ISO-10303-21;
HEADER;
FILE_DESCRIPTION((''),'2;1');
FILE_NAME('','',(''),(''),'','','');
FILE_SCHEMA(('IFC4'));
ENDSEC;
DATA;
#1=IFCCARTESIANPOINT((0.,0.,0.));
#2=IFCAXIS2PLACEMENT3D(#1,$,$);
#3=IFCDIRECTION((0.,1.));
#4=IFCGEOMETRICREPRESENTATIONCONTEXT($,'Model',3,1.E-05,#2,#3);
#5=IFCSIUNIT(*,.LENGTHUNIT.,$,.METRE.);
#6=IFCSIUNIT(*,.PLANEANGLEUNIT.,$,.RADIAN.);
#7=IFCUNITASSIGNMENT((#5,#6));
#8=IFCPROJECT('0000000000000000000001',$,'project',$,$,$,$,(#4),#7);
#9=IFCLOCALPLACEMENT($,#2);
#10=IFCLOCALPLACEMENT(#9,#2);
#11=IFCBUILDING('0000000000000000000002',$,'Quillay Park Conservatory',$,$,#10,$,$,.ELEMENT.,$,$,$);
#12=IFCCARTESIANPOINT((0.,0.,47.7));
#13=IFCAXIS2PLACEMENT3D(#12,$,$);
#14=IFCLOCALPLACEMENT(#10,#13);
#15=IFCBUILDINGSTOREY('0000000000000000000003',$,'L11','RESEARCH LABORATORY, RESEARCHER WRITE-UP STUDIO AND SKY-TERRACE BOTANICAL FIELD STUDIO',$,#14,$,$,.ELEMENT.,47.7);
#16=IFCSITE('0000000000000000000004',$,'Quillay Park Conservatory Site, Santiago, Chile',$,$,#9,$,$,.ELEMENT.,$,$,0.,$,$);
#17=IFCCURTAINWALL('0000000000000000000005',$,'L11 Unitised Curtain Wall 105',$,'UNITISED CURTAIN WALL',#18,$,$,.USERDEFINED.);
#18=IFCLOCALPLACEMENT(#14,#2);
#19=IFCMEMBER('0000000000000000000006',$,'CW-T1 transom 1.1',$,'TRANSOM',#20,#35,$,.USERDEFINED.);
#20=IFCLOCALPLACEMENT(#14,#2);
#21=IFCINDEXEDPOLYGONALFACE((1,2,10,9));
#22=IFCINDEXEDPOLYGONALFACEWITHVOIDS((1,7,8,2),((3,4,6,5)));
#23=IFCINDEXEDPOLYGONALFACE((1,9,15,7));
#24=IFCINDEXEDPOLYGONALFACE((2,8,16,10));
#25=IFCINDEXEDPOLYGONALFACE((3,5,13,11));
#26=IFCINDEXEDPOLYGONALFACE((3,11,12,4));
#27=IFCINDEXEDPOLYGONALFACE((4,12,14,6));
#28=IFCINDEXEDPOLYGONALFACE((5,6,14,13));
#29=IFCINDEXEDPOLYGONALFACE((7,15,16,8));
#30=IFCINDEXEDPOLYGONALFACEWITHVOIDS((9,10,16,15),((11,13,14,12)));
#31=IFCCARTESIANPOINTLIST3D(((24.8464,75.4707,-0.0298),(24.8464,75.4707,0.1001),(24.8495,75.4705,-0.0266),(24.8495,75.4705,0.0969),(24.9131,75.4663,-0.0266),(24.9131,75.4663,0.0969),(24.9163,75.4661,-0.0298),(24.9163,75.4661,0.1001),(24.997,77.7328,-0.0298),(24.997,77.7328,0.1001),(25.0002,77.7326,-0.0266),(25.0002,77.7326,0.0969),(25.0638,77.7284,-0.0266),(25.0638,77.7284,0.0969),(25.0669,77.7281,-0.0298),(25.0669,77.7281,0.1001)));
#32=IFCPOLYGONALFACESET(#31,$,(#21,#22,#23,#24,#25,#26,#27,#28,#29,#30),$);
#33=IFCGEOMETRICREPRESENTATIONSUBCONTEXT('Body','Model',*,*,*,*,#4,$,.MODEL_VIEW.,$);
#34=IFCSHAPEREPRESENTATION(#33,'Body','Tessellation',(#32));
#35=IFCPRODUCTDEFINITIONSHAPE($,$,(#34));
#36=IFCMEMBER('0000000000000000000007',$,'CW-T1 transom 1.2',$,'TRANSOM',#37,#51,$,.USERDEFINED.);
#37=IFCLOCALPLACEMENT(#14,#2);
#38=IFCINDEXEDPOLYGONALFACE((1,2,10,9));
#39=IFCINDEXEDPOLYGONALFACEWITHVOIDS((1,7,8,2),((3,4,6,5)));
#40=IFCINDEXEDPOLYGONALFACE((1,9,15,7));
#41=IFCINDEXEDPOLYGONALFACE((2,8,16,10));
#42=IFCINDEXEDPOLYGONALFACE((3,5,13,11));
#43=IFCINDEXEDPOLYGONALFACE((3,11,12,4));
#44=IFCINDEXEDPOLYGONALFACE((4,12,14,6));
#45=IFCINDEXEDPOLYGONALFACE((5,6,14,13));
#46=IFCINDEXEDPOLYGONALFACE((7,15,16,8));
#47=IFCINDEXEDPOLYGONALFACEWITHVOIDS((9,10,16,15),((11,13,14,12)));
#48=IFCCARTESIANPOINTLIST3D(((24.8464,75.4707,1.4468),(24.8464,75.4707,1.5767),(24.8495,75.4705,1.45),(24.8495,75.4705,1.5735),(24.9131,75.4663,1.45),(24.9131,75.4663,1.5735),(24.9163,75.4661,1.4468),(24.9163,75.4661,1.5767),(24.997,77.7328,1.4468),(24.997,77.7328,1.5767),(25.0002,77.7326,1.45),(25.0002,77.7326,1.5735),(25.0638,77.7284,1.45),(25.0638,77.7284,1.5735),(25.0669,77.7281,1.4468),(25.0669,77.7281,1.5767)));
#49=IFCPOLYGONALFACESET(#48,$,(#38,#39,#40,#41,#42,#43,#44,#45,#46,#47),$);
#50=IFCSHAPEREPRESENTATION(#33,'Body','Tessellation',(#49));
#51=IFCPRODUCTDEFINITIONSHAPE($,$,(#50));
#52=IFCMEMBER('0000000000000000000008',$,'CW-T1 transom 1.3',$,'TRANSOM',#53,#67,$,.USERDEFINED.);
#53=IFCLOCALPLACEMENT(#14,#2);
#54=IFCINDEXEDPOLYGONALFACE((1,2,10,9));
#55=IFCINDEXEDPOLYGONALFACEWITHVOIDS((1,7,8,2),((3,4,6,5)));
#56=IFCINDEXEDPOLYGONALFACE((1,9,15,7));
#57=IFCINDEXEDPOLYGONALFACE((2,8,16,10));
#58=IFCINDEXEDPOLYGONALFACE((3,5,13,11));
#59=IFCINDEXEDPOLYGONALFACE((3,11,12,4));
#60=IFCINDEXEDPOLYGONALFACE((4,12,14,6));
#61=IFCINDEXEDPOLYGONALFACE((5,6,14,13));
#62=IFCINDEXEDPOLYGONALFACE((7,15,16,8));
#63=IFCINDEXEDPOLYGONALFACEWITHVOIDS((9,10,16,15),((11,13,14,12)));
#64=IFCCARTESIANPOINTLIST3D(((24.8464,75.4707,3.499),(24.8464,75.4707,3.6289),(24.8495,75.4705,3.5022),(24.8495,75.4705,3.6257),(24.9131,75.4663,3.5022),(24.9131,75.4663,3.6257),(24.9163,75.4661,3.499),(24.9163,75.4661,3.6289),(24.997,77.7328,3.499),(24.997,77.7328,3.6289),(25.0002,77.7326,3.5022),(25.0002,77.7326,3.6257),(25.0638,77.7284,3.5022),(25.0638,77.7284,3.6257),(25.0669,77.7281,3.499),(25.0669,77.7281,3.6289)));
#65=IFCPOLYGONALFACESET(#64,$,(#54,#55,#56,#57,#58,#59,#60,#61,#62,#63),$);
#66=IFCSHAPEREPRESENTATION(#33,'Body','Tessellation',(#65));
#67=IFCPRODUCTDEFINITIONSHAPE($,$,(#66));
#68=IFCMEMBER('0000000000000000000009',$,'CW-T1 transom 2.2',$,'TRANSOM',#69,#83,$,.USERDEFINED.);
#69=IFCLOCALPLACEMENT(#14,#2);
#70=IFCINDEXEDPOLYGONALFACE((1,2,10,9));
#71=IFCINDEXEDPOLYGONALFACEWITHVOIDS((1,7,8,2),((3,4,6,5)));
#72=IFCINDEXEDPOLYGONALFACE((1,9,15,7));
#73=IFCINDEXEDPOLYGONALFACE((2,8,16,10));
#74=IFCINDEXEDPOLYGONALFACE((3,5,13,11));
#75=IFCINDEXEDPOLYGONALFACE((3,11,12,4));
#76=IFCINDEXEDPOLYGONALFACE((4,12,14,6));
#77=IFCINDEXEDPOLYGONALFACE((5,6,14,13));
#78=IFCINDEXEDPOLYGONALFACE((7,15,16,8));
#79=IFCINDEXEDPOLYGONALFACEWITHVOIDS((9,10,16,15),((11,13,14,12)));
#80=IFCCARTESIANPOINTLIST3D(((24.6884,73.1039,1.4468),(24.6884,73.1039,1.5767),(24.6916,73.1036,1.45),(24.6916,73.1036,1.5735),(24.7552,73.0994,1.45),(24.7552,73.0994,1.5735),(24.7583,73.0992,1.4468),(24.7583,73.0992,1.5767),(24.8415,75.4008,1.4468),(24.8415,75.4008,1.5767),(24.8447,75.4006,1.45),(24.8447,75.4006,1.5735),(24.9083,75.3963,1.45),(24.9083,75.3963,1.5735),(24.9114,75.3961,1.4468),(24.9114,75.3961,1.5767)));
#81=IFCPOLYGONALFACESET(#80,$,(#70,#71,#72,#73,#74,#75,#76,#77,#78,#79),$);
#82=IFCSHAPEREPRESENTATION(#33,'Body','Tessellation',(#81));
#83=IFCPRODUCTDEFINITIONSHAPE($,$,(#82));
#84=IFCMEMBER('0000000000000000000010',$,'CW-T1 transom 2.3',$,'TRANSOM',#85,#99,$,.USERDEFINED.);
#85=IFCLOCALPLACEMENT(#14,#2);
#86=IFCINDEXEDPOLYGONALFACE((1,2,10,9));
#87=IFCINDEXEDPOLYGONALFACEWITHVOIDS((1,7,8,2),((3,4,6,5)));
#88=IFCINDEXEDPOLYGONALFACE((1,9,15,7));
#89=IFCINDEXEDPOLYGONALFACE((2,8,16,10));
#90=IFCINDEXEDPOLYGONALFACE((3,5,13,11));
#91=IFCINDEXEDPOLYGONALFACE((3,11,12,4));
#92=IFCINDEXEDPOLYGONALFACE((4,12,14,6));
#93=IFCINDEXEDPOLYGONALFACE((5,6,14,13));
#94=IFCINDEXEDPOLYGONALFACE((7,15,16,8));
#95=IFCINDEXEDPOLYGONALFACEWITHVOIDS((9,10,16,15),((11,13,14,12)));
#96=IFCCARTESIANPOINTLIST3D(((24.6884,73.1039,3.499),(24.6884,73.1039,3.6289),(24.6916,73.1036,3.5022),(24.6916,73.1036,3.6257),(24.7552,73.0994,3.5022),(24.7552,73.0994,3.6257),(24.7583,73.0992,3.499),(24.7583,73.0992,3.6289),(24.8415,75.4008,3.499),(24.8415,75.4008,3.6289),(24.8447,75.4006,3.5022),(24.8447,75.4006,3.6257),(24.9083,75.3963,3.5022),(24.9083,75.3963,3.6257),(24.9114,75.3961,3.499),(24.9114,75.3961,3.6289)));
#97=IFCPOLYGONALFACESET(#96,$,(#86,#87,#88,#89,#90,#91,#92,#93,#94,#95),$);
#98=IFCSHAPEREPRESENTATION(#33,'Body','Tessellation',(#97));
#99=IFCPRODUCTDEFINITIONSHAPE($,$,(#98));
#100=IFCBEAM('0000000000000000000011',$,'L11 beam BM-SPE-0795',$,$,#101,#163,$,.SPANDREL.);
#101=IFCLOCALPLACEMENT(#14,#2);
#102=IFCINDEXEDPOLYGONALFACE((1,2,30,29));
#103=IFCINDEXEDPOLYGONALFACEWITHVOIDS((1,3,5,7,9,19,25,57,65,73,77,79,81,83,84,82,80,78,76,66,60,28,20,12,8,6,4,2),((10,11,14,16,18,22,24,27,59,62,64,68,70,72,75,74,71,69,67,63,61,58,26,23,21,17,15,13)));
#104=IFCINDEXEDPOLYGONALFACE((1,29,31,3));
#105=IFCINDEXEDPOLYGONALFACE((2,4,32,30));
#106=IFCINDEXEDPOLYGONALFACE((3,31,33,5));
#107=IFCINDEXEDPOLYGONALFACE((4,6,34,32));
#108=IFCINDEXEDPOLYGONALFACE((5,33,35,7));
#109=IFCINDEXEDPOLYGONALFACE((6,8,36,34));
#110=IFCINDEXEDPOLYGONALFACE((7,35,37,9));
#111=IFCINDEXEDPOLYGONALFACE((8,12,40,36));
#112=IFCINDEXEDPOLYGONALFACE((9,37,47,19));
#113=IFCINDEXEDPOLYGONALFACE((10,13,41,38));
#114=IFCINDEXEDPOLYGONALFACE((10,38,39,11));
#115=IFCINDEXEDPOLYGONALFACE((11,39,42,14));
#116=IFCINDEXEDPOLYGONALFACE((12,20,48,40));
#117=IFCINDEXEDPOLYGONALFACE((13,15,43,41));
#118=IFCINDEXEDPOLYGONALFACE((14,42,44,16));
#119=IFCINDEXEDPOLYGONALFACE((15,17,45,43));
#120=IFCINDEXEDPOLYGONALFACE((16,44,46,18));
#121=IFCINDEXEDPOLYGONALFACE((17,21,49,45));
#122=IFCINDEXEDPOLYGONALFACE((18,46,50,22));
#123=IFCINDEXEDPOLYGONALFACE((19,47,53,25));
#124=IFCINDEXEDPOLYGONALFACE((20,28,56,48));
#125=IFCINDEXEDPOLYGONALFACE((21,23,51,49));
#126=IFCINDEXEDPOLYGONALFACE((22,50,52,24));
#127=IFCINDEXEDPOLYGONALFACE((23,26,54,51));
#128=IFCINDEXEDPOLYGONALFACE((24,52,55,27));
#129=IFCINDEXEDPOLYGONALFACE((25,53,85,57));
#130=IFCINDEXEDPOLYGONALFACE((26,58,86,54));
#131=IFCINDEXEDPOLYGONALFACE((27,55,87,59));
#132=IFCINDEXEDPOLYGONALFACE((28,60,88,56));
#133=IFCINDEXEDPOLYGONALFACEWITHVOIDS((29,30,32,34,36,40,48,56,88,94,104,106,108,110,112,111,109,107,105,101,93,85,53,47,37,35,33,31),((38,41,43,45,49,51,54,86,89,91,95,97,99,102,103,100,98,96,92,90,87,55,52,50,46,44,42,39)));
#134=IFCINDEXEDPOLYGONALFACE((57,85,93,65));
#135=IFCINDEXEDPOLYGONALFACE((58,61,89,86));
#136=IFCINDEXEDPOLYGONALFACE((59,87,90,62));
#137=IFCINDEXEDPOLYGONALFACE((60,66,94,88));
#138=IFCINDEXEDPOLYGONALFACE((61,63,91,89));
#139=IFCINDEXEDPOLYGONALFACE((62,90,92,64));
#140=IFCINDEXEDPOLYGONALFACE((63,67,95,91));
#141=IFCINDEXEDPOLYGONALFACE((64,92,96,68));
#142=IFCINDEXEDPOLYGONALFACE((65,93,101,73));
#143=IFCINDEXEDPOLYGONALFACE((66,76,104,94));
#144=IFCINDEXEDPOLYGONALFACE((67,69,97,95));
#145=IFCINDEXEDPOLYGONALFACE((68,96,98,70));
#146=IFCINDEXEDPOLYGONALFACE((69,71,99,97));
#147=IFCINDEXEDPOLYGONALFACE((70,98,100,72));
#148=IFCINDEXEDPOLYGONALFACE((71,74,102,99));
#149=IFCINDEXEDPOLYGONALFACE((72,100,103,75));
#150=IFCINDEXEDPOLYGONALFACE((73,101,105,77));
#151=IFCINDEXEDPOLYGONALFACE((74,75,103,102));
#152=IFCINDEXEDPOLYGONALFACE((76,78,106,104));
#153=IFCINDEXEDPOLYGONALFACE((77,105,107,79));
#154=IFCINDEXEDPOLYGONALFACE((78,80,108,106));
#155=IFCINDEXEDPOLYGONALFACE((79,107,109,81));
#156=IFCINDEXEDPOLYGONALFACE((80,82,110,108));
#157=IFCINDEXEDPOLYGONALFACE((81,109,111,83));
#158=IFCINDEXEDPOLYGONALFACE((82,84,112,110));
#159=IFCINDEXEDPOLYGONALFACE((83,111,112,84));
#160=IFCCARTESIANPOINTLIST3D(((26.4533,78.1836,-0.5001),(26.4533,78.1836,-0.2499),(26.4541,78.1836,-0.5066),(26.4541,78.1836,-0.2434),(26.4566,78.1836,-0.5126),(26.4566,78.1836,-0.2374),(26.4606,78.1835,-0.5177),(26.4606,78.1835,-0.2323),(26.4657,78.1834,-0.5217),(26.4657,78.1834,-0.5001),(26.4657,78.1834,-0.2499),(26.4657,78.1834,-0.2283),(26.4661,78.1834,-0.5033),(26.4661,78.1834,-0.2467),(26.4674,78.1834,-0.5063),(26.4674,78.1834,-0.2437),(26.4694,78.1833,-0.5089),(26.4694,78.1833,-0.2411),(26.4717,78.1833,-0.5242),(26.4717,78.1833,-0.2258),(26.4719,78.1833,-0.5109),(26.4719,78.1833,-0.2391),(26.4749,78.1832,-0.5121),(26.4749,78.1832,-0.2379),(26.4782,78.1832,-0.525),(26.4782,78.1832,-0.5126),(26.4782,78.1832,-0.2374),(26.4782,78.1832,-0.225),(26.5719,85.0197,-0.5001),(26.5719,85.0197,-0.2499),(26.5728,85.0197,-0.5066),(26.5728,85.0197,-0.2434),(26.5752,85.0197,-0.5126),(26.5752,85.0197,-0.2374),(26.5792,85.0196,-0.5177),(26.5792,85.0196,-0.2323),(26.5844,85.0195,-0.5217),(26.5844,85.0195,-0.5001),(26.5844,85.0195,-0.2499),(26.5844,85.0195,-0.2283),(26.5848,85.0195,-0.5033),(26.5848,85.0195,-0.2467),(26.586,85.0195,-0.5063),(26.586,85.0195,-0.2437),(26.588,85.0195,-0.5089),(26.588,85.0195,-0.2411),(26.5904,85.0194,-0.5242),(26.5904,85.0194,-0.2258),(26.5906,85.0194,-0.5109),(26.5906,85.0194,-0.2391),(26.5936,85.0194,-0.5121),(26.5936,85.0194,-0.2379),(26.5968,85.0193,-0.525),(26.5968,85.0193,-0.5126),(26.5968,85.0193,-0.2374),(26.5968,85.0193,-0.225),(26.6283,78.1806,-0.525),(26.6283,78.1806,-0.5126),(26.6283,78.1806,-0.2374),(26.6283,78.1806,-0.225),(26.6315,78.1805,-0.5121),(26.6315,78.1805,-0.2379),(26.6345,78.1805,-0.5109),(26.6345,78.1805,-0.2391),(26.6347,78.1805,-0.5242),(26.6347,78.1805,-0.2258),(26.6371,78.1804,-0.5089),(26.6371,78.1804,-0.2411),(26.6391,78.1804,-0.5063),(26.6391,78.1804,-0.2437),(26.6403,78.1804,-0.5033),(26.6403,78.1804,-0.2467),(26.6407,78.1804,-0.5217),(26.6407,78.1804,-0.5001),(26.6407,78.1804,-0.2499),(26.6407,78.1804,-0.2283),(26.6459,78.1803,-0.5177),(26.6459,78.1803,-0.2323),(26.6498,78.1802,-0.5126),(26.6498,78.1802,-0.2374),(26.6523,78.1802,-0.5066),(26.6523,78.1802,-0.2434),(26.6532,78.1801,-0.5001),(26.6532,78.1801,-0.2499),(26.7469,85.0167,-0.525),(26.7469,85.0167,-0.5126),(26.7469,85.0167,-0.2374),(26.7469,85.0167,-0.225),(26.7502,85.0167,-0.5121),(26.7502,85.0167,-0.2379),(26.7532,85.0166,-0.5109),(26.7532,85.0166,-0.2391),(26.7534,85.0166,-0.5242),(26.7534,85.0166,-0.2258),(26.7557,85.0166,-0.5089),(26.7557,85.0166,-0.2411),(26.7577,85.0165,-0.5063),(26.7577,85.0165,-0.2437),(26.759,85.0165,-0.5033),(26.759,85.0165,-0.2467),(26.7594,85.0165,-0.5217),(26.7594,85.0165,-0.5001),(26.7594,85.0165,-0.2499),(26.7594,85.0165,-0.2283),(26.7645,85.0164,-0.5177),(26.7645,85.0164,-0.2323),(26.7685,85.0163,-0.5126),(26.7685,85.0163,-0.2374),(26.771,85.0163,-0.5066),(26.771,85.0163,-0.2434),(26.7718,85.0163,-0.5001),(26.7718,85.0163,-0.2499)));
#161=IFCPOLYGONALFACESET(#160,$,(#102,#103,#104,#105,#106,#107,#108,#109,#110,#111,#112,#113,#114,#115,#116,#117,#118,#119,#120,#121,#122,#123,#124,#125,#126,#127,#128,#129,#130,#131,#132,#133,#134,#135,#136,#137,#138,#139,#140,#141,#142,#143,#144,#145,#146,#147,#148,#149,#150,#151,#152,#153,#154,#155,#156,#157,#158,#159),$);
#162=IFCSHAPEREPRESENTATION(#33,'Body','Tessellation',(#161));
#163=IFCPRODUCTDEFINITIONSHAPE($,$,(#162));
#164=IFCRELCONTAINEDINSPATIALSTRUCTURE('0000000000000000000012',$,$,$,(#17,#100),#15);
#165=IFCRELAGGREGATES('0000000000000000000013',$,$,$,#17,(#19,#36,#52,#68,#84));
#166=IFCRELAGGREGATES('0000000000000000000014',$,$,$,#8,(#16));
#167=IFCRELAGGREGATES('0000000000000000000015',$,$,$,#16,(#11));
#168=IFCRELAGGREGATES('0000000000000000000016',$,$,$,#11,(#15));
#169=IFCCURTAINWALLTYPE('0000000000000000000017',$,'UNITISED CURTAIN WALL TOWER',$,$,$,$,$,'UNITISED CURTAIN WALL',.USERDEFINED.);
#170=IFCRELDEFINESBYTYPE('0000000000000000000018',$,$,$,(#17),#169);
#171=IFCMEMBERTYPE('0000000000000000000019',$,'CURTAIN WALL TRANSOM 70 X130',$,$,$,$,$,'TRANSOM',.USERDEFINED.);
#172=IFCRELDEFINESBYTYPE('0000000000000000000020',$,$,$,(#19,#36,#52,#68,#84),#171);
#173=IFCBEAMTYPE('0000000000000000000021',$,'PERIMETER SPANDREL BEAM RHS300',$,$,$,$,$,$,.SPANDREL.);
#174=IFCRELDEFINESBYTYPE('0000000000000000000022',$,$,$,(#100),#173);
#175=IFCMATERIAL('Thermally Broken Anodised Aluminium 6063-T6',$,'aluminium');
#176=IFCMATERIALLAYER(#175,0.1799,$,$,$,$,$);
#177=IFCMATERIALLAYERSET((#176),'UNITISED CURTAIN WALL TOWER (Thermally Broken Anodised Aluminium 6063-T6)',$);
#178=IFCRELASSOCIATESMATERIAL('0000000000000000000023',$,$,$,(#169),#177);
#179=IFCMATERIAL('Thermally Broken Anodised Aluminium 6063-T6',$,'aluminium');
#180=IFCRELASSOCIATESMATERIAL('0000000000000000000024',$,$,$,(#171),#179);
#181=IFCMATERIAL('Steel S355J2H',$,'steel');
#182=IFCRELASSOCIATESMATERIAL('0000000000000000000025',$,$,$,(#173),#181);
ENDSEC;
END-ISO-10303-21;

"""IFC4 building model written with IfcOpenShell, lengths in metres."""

from ifc_helpers import new_model, si_unit, direction, frame, origin, origin_2d, place, context, subcontext, project, spatial, hollow_rectangle, extrude, material, layer, layer_set, material_profile, profile_set, type_object, element, aggregate, save


model = new_model("IFC4")

# Units and contexts
model_context = context("Model", 3, precision=1e-05, world=origin(), true_north=direction((0.0, 1.0)))
body_context = subcontext(model_context, "Body", "Model", "MODEL_VIEW")
ifc_project = project(units=[si_unit("LENGTHUNIT", "METRE"), si_unit("PLANEANGLEUNIT", "RADIAN")], contexts=[model_context])

# Site, building, storey
site_placement = place(None, origin())
site = spatial("IfcSite", under=ifc_project, at=site_placement, Name="Quillay Park Conservatory Site, Santiago, Chile", CompositionType="ELEMENT", RefElevation=0.0)
building_placement = place(site_placement, origin())
building = spatial("IfcBuilding", under=site, at=building_placement, Name="Quillay Park Conservatory", CompositionType="ELEMENT")
storey_placement = place(building_placement, frame((0.0, 0.0, 47.7)))
storey = spatial("IfcBuildingStorey", under=building, at=storey_placement, Name="L11", Description="RESEARCH LABORATORY, RESEARCHER WRITE-UP STUDIO AND SKY-TERRACE BOTANICAL FIELD STUDIO", CompositionType="ELEMENT", Elevation=47.7)

# Curtain wall, members
ifc_material_1 = material(Name="Thermally Broken Anodised Aluminium 6063-T6", Category="aluminium")
ifc_layer_1 = layer(ifc_material_1, 0.1799)
ifc_layer_set_1 = layer_set([ifc_layer_1], Name="UNITISED CURTAIN WALL TOWER (Thermally Broken Anodised Aluminium 6063-T6)")
curtain_wall_type = type_object("IfcCurtainWallType", Name="UNITISED CURTAIN WALL TOWER", ElementType="UNITISED CURTAIN WALL", PredefinedType="USERDEFINED", material=ifc_layer_set_1)
curtain_wall_placement = place(storey_placement, origin())
curtain_wall = element("IfcCurtainWall", 1, at=curtain_wall_placement, inside=storey, type_object=curtain_wall_type, Name="L11 Unitised Curtain Wall 105", ObjectType="UNITISED CURTAIN WALL", PredefinedType="USERDEFINED")
ifc_material_2 = material(Name="Thermally Broken Anodised Aluminium 6063-T6", Category="aluminium")
ifc_material_profile_1 = material_profile(ifc_material_2, hollow_rectangle(XDim=0.0701, YDim=0.1299, WallThickness=0.0032, at=origin_2d()), Name="AL70x130x3.2")
ifc_profile_set_1 = profile_set([ifc_material_profile_1], Name="Thermally Broken Anodised Aluminium 6063-T6")
member_type_1 = type_object("IfcMemberType", Name="CURTAIN WALL TRANSOM 70 X130", ElementType="TRANSOM", PredefinedType="USERDEFINED", material=ifc_profile_set_1)
member_1_placement = place(storey_placement, frame((25.032, 77.7305, 0.0352), z_axis=(-0.066448, -0.99779, 0.0), x_axis=(0.99779, -0.066448, 0.0)))
member_1 = element("IfcMember", 2, at=member_1_placement, type_object=member_type_1, Name="CW-T1 transom 1.1", ObjectType="TRANSOM", PredefinedType="USERDEFINED", context=body_context, shape_type="SweptSolid", body=[
    extrude(hollow_rectangle(XDim=0.0701, YDim=0.1299, WallThickness=0.0032, at=origin_2d()), origin(), (0.0, 0.0, 1.0), 2.2671),
])
member_2_placement = place(storey_placement, frame((25.032, 77.7305, 1.5117), z_axis=(-0.066448, -0.99779, 0.0), x_axis=(0.99779, -0.066448, 0.0)))
member_2 = element("IfcMember", 3, at=member_2_placement, type_object=member_type_1, Name="CW-T1 transom 1.2", ObjectType="TRANSOM", PredefinedType="USERDEFINED", context=body_context, shape_type="SweptSolid", body=[
    extrude(hollow_rectangle(XDim=0.0701, YDim=0.1299, WallThickness=0.0032, at=origin_2d()), origin(), (0.0, 0.0, 1.0), 2.2671),
])
member_3_placement = place(storey_placement, frame((25.032, 77.7305, 3.564), z_axis=(-0.066448, -0.99779, 0.0), x_axis=(0.99779, -0.066448, 0.0)))
member_3 = element("IfcMember", 4, at=member_3_placement, type_object=member_type_1, Name="CW-T1 transom 1.3", ObjectType="TRANSOM", PredefinedType="USERDEFINED", context=body_context, shape_type="SweptSolid", body=[
    extrude(hollow_rectangle(XDim=0.0701, YDim=0.1299, WallThickness=0.0032, at=origin_2d()), origin(), (0.0, 0.0, 1.0), 2.2671),
])
member_4_placement = place(storey_placement, frame((24.8765, 75.3984, 1.5117), z_axis=(-0.066498, -0.997787, 0.0), x_axis=(0.997787, -0.066498, 0.0)))
member_4 = element("IfcMember", 5, at=member_4_placement, type_object=member_type_1, Name="CW-T1 transom 2.2", ObjectType="TRANSOM", PredefinedType="USERDEFINED", context=body_context, shape_type="SweptSolid", body=[
    extrude(hollow_rectangle(XDim=0.0701, YDim=0.1299, WallThickness=0.0032, at=origin_2d()), origin(), (0.0, 0.0, 1.0), 2.302),
])
member_5_placement = place(storey_placement, frame((24.8765, 75.3984, 3.564), z_axis=(-0.066498, -0.997787, 0.0), x_axis=(0.997787, -0.066498, 0.0)))
member_5 = element("IfcMember", 6, at=member_5_placement, type_object=member_type_1, Name="CW-T1 transom 2.3", ObjectType="TRANSOM", PredefinedType="USERDEFINED", context=body_context, shape_type="SweptSolid", body=[
    extrude(hollow_rectangle(XDim=0.0701, YDim=0.1299, WallThickness=0.0032, at=origin_2d()), origin(), (0.0, 0.0, 1.0), 2.302),
])

# Beam
ifc_material_3 = material(Name="Steel S355J2H", Category="steel")
ifc_material_profile_2 = material_profile(ifc_material_3, hollow_rectangle(XDim=0.2, YDim=0.3, WallThickness=0.0125, InnerFilletRadius=0.0125, OuterFilletRadius=0.0249, at=origin_2d()), Name="RHS300x200x12.5")
ifc_profile_set_2 = profile_set([ifc_material_profile_2], Name="Steel S355J2H")
beam_type_1 = type_object("IfcBeamType", Name="PERIMETER SPANDREL BEAM RHS300", PredefinedType="SPANDREL", material=ifc_profile_set_2)
beam_1_placement = place(storey_placement, frame((26.5532, 78.1819, -0.375), z_axis=(0.017354, 0.999849, 0.0), x_axis=(-0.999849, 0.017354, 0.0)))
element("IfcBeam", 7, at=beam_1_placement, inside=storey, type_object=beam_type_1, Name="L11 beam BM-SPE-0795", PredefinedType="SPANDREL", context=body_context, shape_type="SweptSolid", body=[
    extrude(hollow_rectangle(XDim=0.2, YDim=0.3, WallThickness=0.0125, InnerFilletRadius=0.0125, OuterFilletRadius=0.0249, at=origin_2d()), origin(), (0.0, 0.0, 1.0), 6.8372),
])

aggregate(curtain_wall, [member_1, member_2, member_3, member_4, member_5])

save(model, "model.ifc")
